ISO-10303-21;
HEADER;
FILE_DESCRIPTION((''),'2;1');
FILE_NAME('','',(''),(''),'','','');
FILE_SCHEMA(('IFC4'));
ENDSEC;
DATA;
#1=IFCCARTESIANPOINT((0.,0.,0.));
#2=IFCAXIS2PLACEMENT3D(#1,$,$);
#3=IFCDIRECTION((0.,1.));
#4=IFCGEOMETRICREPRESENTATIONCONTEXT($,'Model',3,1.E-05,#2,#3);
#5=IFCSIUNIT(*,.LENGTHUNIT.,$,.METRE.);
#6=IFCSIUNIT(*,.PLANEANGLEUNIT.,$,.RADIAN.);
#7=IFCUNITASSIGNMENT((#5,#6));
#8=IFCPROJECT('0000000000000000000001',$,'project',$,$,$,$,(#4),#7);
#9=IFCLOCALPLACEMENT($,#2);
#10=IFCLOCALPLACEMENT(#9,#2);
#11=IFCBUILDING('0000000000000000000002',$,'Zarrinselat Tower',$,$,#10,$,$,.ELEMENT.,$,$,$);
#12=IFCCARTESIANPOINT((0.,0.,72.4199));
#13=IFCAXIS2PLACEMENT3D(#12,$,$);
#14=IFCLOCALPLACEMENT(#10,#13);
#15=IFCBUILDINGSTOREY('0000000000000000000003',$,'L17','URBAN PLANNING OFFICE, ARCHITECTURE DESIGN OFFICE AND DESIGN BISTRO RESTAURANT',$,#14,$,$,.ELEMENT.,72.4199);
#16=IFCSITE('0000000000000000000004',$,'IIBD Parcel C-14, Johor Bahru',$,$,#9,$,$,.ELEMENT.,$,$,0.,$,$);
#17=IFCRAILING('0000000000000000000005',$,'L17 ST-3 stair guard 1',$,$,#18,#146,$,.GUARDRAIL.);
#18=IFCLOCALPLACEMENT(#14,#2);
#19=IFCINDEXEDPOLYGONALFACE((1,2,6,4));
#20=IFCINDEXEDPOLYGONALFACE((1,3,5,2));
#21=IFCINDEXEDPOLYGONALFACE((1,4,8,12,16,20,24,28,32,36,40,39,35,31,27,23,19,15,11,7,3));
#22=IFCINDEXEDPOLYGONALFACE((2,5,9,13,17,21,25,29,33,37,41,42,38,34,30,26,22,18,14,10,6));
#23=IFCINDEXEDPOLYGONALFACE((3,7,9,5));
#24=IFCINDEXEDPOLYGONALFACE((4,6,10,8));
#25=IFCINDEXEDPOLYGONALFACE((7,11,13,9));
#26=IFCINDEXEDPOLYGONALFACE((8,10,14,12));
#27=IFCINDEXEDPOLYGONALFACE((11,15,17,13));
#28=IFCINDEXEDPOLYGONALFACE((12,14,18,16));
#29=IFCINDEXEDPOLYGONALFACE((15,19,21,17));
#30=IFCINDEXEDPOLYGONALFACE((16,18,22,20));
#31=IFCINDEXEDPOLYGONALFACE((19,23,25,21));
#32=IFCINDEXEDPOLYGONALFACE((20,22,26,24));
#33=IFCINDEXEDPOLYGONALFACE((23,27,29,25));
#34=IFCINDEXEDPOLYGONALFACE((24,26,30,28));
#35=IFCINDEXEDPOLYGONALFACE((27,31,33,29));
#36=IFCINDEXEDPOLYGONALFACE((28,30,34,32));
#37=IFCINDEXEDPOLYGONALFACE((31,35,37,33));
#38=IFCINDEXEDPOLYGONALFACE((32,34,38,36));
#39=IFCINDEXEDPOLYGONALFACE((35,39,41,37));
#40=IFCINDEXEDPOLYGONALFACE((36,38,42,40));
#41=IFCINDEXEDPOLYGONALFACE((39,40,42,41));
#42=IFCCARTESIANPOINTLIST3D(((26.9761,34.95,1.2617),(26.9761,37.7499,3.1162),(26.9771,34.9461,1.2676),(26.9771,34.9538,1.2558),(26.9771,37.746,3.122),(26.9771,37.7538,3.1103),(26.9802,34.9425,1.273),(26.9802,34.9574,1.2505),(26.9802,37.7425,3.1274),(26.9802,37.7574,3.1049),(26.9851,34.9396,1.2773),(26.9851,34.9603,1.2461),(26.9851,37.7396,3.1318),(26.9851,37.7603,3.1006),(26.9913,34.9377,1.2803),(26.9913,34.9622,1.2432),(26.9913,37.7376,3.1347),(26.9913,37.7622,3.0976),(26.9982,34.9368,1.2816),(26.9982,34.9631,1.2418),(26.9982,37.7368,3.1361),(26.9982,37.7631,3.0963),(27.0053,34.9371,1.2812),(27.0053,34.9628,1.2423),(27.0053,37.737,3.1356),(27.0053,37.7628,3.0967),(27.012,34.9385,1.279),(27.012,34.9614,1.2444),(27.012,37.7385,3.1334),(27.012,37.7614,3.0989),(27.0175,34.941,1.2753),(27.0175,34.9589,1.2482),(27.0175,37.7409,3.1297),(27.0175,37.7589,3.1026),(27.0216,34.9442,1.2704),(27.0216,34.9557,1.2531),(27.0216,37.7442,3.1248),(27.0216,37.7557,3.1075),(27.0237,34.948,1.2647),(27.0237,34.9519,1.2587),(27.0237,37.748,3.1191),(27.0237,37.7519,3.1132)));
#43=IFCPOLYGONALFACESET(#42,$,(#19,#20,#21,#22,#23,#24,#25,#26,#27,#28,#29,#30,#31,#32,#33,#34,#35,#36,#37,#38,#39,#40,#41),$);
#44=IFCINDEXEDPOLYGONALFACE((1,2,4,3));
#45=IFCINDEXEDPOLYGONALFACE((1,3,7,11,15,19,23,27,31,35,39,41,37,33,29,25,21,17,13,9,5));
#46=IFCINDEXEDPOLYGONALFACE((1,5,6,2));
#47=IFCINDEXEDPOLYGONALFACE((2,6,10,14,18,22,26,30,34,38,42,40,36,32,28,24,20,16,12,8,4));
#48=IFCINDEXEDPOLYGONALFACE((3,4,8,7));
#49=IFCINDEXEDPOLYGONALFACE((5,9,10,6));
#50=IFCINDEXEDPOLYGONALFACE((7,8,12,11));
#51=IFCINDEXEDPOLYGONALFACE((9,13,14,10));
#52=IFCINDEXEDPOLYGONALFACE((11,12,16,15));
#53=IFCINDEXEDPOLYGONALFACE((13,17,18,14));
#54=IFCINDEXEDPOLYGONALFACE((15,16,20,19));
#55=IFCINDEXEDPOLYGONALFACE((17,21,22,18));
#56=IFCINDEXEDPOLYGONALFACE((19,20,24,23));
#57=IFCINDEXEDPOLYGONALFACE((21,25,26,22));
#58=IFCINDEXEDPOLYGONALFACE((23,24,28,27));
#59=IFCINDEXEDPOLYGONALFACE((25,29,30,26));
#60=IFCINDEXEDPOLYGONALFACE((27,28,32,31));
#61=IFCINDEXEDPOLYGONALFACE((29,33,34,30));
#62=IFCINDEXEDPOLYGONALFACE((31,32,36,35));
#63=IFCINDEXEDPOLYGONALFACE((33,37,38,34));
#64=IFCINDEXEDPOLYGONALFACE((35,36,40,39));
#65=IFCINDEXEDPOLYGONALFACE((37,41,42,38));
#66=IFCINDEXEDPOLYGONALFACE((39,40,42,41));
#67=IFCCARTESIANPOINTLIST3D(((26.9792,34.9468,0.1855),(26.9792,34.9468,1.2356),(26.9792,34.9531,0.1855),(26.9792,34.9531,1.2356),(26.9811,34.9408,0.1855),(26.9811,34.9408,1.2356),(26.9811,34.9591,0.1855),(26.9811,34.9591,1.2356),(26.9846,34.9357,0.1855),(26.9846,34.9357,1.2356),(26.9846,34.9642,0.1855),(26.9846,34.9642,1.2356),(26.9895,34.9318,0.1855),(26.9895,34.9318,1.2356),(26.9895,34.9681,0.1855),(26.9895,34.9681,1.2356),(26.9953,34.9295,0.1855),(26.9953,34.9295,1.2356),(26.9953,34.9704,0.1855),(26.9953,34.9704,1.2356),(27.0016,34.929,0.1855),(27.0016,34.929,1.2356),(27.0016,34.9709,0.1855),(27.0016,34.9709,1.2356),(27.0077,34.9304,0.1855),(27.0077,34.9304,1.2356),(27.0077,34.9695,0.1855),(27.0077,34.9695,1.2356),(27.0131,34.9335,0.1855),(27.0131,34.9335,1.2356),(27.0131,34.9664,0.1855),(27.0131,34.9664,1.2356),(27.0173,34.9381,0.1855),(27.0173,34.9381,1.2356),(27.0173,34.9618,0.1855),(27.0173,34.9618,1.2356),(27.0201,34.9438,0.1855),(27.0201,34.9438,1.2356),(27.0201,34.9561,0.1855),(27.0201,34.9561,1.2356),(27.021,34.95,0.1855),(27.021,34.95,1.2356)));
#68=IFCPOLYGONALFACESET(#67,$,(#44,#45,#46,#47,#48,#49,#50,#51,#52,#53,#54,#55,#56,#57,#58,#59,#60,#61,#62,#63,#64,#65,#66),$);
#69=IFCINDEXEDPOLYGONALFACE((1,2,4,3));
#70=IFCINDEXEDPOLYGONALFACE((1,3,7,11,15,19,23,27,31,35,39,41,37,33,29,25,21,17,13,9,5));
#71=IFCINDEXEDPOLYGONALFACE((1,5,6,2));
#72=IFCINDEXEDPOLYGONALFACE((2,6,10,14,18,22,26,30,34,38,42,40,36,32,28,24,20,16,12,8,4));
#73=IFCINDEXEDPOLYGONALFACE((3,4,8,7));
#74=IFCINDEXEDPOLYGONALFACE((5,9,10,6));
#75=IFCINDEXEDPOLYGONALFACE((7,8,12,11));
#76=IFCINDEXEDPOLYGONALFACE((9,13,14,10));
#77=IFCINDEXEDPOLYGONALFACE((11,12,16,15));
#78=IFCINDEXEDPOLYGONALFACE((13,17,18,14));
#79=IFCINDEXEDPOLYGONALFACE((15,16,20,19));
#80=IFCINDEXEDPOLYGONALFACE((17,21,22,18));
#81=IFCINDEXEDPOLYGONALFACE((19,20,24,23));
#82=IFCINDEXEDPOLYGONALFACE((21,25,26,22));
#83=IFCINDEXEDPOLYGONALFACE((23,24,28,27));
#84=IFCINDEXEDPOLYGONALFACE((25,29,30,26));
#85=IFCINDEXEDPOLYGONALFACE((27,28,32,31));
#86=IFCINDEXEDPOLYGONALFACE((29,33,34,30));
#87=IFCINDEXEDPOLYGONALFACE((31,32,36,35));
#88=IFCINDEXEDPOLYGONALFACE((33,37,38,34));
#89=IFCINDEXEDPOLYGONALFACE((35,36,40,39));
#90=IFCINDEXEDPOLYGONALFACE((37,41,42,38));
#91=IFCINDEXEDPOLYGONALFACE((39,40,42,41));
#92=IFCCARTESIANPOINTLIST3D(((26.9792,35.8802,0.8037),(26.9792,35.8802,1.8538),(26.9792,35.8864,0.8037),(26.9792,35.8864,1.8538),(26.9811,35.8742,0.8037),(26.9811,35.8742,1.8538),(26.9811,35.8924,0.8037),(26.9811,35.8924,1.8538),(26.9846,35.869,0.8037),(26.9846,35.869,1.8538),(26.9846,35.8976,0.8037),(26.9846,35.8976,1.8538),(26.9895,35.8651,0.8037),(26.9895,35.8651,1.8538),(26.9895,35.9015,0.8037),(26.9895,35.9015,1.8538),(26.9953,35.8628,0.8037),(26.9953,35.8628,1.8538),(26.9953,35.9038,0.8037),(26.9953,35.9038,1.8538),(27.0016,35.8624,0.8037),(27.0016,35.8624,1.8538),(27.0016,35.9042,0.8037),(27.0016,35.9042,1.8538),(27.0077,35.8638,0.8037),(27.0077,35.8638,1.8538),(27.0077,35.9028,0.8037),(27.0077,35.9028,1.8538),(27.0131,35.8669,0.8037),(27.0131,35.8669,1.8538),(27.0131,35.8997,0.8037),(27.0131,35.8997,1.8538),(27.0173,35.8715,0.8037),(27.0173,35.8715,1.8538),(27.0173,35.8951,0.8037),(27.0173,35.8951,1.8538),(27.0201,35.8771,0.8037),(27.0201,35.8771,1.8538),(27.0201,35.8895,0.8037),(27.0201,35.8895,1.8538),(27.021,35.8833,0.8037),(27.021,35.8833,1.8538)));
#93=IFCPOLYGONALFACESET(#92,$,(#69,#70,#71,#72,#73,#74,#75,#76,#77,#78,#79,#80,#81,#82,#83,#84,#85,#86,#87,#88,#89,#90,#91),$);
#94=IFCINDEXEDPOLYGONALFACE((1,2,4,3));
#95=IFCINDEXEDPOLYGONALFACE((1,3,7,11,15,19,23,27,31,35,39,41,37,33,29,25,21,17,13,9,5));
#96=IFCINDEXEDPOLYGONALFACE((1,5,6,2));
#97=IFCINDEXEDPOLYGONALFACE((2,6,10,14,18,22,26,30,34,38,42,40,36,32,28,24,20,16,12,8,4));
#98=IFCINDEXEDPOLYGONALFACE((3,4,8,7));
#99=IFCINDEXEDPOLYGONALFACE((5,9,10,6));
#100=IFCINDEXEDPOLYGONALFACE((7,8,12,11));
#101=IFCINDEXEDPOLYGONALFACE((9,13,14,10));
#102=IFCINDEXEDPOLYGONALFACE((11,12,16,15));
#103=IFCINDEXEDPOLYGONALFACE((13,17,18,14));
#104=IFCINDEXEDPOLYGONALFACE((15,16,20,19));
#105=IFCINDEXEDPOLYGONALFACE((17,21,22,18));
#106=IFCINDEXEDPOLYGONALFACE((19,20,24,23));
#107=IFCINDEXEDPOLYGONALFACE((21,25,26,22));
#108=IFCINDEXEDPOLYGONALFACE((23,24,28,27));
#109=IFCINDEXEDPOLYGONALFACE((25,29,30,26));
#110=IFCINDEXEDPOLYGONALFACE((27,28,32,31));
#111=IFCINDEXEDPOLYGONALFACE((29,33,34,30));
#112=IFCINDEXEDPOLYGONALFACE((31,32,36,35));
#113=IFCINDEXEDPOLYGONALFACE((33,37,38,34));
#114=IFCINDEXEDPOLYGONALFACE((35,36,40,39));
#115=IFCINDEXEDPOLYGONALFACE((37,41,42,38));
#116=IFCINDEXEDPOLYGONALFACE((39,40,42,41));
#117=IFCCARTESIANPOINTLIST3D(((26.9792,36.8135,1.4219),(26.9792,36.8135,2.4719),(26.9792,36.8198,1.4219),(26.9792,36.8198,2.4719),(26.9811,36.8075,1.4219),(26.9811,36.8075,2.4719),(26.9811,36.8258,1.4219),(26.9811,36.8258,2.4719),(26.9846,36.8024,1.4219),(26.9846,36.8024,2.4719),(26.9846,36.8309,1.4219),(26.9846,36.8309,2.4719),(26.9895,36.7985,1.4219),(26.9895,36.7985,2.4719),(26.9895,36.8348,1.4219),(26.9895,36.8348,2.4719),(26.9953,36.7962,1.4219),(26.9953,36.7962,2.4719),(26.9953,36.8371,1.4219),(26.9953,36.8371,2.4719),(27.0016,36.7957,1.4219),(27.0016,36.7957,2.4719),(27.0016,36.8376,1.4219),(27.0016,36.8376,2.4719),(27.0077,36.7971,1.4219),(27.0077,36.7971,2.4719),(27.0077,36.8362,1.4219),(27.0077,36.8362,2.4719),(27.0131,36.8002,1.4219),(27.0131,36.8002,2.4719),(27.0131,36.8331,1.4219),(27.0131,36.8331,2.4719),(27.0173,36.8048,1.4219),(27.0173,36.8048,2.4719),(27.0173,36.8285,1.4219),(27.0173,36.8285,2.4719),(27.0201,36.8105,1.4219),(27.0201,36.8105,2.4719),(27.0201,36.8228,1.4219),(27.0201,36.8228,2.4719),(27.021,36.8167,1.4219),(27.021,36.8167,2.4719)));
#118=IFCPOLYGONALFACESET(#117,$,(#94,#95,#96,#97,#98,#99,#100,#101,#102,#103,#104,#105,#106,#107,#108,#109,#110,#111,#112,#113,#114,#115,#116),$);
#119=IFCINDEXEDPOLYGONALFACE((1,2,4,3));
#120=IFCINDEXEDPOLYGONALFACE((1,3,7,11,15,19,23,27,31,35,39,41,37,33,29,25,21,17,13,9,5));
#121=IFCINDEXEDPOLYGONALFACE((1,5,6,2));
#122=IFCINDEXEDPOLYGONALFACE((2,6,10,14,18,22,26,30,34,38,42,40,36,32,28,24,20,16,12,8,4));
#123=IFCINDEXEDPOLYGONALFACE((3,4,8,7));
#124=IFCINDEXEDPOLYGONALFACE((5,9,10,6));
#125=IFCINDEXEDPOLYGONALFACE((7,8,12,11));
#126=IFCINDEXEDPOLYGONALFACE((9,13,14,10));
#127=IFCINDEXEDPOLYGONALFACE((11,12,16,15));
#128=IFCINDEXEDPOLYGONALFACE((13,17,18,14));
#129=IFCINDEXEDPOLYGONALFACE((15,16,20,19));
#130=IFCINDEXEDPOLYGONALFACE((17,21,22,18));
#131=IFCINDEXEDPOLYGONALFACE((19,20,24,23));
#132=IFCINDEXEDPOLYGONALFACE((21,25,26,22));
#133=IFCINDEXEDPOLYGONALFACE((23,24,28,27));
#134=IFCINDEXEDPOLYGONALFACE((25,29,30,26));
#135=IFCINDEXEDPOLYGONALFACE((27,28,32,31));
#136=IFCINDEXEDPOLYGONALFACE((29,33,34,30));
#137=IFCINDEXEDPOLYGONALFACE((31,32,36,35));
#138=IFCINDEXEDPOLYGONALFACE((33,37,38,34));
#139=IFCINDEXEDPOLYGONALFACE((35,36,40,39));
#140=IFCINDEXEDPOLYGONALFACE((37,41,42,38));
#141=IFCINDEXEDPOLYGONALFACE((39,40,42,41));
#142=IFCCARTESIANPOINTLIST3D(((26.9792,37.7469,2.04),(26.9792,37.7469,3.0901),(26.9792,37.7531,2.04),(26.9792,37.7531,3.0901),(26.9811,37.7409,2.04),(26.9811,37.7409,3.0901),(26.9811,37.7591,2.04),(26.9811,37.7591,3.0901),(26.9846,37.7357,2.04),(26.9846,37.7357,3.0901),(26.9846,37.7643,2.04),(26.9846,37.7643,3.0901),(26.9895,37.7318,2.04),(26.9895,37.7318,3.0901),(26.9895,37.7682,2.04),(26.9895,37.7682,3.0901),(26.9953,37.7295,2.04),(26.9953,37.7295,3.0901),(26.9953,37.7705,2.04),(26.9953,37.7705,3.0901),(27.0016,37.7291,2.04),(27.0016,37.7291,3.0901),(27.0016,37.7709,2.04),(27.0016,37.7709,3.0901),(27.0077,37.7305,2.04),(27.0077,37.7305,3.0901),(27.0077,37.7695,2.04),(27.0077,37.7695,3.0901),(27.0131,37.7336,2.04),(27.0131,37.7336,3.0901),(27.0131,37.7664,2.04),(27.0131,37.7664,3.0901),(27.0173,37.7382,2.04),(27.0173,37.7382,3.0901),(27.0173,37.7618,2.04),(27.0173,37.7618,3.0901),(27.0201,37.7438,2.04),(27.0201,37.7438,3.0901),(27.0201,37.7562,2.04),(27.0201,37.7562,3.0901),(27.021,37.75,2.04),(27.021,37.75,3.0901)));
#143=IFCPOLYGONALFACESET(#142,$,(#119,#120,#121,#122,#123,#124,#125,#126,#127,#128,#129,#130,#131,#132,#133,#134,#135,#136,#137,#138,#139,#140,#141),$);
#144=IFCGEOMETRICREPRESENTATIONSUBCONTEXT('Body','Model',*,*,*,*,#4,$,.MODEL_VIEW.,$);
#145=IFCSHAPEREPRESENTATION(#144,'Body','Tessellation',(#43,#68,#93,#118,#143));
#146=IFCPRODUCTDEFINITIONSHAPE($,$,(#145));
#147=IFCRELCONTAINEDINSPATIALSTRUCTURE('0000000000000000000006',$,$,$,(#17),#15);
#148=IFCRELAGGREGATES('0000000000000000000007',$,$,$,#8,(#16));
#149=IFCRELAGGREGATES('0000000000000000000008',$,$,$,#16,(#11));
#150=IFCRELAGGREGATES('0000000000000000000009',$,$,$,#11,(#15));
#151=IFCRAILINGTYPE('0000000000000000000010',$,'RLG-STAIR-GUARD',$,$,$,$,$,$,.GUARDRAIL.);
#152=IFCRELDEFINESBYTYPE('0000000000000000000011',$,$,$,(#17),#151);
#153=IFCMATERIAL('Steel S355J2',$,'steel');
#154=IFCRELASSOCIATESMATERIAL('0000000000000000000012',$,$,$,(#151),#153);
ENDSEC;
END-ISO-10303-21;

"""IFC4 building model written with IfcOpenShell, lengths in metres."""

from ifc_helpers import new_model, si_unit, direction, frame, origin, origin_2d, place, context, subcontext, project, spatial, circle, extrude, material, type_object, element, save


model = new_model("IFC4")

# Units and contexts
model_context = context("Model", 3, precision=1e-05, world=origin(), true_north=direction((0.0, 1.0)))
body_context = subcontext(model_context, "Body", "Model", "MODEL_VIEW")
ifc_project = project(units=[si_unit("LENGTHUNIT", "METRE"), si_unit("PLANEANGLEUNIT", "RADIAN")], contexts=[model_context])

# Site, building, storey
site_placement = place(None, origin())
site = spatial("IfcSite", under=ifc_project, at=site_placement, Name="IIBD Parcel C-14, Johor Bahru", CompositionType="ELEMENT", RefElevation=0.0)
building_placement = place(site_placement, origin())
building = spatial("IfcBuilding", under=site, at=building_placement, Name="Zarrinselat Tower", CompositionType="ELEMENT")
storey_placement = place(building_placement, frame((0.0, 0.0, 72.4199)))
storey = spatial("IfcBuildingStorey", under=building, at=storey_placement, Name="L17", Description="URBAN PLANNING OFFICE, ARCHITECTURE DESIGN OFFICE AND DESIGN BISTRO RESTAURANT", CompositionType="ELEMENT", Elevation=72.4199)

# Railing
ifc_material_1 = material(Name="Steel S355J2", Category="steel")
railing_type = type_object("IfcRailingType", Name="RLG-STAIR-GUARD", PredefinedType="GUARDRAIL", material=ifc_material_1)
railing_1_placement = place(storey_placement, frame((27.0, 34.95, 0.1855)))
element("IfcRailing", 1, at=railing_1_placement, inside=storey, type_object=railing_type, Name="L17 ST-3 stair guard 1", PredefinedType="GUARDRAIL", context=body_context, shape_type="SweptSolid", body=[
    extrude(circle(Radius=0.0239, at=origin_2d()), frame((0.0, 0.0, 1.0762), z_axis=(0.0, 0.833724, 0.552181), x_axis=(-1.0, 0.0, 0.0)), (0.0, 0.0, 1.0), 3.3584),
    extrude(circle(Radius=0.021, at=origin_2d()), origin(), (0.0, 0.0, 1.0), 1.05),
    extrude(circle(Radius=0.021, at=origin_2d()), frame((0.0, 0.9333, 0.6182)), (0.0, 0.0, 1.0), 1.05),
    extrude(circle(Radius=0.021, at=origin_2d()), frame((0.0, 1.8667, 1.2363)), (0.0, 0.0, 1.0), 1.05),
    extrude(circle(Radius=0.021, at=origin_2d()), frame((0.0, 2.8, 1.8545)), (0.0, 0.0, 1.0), 1.05),
])

save(model, "model.ifc")
